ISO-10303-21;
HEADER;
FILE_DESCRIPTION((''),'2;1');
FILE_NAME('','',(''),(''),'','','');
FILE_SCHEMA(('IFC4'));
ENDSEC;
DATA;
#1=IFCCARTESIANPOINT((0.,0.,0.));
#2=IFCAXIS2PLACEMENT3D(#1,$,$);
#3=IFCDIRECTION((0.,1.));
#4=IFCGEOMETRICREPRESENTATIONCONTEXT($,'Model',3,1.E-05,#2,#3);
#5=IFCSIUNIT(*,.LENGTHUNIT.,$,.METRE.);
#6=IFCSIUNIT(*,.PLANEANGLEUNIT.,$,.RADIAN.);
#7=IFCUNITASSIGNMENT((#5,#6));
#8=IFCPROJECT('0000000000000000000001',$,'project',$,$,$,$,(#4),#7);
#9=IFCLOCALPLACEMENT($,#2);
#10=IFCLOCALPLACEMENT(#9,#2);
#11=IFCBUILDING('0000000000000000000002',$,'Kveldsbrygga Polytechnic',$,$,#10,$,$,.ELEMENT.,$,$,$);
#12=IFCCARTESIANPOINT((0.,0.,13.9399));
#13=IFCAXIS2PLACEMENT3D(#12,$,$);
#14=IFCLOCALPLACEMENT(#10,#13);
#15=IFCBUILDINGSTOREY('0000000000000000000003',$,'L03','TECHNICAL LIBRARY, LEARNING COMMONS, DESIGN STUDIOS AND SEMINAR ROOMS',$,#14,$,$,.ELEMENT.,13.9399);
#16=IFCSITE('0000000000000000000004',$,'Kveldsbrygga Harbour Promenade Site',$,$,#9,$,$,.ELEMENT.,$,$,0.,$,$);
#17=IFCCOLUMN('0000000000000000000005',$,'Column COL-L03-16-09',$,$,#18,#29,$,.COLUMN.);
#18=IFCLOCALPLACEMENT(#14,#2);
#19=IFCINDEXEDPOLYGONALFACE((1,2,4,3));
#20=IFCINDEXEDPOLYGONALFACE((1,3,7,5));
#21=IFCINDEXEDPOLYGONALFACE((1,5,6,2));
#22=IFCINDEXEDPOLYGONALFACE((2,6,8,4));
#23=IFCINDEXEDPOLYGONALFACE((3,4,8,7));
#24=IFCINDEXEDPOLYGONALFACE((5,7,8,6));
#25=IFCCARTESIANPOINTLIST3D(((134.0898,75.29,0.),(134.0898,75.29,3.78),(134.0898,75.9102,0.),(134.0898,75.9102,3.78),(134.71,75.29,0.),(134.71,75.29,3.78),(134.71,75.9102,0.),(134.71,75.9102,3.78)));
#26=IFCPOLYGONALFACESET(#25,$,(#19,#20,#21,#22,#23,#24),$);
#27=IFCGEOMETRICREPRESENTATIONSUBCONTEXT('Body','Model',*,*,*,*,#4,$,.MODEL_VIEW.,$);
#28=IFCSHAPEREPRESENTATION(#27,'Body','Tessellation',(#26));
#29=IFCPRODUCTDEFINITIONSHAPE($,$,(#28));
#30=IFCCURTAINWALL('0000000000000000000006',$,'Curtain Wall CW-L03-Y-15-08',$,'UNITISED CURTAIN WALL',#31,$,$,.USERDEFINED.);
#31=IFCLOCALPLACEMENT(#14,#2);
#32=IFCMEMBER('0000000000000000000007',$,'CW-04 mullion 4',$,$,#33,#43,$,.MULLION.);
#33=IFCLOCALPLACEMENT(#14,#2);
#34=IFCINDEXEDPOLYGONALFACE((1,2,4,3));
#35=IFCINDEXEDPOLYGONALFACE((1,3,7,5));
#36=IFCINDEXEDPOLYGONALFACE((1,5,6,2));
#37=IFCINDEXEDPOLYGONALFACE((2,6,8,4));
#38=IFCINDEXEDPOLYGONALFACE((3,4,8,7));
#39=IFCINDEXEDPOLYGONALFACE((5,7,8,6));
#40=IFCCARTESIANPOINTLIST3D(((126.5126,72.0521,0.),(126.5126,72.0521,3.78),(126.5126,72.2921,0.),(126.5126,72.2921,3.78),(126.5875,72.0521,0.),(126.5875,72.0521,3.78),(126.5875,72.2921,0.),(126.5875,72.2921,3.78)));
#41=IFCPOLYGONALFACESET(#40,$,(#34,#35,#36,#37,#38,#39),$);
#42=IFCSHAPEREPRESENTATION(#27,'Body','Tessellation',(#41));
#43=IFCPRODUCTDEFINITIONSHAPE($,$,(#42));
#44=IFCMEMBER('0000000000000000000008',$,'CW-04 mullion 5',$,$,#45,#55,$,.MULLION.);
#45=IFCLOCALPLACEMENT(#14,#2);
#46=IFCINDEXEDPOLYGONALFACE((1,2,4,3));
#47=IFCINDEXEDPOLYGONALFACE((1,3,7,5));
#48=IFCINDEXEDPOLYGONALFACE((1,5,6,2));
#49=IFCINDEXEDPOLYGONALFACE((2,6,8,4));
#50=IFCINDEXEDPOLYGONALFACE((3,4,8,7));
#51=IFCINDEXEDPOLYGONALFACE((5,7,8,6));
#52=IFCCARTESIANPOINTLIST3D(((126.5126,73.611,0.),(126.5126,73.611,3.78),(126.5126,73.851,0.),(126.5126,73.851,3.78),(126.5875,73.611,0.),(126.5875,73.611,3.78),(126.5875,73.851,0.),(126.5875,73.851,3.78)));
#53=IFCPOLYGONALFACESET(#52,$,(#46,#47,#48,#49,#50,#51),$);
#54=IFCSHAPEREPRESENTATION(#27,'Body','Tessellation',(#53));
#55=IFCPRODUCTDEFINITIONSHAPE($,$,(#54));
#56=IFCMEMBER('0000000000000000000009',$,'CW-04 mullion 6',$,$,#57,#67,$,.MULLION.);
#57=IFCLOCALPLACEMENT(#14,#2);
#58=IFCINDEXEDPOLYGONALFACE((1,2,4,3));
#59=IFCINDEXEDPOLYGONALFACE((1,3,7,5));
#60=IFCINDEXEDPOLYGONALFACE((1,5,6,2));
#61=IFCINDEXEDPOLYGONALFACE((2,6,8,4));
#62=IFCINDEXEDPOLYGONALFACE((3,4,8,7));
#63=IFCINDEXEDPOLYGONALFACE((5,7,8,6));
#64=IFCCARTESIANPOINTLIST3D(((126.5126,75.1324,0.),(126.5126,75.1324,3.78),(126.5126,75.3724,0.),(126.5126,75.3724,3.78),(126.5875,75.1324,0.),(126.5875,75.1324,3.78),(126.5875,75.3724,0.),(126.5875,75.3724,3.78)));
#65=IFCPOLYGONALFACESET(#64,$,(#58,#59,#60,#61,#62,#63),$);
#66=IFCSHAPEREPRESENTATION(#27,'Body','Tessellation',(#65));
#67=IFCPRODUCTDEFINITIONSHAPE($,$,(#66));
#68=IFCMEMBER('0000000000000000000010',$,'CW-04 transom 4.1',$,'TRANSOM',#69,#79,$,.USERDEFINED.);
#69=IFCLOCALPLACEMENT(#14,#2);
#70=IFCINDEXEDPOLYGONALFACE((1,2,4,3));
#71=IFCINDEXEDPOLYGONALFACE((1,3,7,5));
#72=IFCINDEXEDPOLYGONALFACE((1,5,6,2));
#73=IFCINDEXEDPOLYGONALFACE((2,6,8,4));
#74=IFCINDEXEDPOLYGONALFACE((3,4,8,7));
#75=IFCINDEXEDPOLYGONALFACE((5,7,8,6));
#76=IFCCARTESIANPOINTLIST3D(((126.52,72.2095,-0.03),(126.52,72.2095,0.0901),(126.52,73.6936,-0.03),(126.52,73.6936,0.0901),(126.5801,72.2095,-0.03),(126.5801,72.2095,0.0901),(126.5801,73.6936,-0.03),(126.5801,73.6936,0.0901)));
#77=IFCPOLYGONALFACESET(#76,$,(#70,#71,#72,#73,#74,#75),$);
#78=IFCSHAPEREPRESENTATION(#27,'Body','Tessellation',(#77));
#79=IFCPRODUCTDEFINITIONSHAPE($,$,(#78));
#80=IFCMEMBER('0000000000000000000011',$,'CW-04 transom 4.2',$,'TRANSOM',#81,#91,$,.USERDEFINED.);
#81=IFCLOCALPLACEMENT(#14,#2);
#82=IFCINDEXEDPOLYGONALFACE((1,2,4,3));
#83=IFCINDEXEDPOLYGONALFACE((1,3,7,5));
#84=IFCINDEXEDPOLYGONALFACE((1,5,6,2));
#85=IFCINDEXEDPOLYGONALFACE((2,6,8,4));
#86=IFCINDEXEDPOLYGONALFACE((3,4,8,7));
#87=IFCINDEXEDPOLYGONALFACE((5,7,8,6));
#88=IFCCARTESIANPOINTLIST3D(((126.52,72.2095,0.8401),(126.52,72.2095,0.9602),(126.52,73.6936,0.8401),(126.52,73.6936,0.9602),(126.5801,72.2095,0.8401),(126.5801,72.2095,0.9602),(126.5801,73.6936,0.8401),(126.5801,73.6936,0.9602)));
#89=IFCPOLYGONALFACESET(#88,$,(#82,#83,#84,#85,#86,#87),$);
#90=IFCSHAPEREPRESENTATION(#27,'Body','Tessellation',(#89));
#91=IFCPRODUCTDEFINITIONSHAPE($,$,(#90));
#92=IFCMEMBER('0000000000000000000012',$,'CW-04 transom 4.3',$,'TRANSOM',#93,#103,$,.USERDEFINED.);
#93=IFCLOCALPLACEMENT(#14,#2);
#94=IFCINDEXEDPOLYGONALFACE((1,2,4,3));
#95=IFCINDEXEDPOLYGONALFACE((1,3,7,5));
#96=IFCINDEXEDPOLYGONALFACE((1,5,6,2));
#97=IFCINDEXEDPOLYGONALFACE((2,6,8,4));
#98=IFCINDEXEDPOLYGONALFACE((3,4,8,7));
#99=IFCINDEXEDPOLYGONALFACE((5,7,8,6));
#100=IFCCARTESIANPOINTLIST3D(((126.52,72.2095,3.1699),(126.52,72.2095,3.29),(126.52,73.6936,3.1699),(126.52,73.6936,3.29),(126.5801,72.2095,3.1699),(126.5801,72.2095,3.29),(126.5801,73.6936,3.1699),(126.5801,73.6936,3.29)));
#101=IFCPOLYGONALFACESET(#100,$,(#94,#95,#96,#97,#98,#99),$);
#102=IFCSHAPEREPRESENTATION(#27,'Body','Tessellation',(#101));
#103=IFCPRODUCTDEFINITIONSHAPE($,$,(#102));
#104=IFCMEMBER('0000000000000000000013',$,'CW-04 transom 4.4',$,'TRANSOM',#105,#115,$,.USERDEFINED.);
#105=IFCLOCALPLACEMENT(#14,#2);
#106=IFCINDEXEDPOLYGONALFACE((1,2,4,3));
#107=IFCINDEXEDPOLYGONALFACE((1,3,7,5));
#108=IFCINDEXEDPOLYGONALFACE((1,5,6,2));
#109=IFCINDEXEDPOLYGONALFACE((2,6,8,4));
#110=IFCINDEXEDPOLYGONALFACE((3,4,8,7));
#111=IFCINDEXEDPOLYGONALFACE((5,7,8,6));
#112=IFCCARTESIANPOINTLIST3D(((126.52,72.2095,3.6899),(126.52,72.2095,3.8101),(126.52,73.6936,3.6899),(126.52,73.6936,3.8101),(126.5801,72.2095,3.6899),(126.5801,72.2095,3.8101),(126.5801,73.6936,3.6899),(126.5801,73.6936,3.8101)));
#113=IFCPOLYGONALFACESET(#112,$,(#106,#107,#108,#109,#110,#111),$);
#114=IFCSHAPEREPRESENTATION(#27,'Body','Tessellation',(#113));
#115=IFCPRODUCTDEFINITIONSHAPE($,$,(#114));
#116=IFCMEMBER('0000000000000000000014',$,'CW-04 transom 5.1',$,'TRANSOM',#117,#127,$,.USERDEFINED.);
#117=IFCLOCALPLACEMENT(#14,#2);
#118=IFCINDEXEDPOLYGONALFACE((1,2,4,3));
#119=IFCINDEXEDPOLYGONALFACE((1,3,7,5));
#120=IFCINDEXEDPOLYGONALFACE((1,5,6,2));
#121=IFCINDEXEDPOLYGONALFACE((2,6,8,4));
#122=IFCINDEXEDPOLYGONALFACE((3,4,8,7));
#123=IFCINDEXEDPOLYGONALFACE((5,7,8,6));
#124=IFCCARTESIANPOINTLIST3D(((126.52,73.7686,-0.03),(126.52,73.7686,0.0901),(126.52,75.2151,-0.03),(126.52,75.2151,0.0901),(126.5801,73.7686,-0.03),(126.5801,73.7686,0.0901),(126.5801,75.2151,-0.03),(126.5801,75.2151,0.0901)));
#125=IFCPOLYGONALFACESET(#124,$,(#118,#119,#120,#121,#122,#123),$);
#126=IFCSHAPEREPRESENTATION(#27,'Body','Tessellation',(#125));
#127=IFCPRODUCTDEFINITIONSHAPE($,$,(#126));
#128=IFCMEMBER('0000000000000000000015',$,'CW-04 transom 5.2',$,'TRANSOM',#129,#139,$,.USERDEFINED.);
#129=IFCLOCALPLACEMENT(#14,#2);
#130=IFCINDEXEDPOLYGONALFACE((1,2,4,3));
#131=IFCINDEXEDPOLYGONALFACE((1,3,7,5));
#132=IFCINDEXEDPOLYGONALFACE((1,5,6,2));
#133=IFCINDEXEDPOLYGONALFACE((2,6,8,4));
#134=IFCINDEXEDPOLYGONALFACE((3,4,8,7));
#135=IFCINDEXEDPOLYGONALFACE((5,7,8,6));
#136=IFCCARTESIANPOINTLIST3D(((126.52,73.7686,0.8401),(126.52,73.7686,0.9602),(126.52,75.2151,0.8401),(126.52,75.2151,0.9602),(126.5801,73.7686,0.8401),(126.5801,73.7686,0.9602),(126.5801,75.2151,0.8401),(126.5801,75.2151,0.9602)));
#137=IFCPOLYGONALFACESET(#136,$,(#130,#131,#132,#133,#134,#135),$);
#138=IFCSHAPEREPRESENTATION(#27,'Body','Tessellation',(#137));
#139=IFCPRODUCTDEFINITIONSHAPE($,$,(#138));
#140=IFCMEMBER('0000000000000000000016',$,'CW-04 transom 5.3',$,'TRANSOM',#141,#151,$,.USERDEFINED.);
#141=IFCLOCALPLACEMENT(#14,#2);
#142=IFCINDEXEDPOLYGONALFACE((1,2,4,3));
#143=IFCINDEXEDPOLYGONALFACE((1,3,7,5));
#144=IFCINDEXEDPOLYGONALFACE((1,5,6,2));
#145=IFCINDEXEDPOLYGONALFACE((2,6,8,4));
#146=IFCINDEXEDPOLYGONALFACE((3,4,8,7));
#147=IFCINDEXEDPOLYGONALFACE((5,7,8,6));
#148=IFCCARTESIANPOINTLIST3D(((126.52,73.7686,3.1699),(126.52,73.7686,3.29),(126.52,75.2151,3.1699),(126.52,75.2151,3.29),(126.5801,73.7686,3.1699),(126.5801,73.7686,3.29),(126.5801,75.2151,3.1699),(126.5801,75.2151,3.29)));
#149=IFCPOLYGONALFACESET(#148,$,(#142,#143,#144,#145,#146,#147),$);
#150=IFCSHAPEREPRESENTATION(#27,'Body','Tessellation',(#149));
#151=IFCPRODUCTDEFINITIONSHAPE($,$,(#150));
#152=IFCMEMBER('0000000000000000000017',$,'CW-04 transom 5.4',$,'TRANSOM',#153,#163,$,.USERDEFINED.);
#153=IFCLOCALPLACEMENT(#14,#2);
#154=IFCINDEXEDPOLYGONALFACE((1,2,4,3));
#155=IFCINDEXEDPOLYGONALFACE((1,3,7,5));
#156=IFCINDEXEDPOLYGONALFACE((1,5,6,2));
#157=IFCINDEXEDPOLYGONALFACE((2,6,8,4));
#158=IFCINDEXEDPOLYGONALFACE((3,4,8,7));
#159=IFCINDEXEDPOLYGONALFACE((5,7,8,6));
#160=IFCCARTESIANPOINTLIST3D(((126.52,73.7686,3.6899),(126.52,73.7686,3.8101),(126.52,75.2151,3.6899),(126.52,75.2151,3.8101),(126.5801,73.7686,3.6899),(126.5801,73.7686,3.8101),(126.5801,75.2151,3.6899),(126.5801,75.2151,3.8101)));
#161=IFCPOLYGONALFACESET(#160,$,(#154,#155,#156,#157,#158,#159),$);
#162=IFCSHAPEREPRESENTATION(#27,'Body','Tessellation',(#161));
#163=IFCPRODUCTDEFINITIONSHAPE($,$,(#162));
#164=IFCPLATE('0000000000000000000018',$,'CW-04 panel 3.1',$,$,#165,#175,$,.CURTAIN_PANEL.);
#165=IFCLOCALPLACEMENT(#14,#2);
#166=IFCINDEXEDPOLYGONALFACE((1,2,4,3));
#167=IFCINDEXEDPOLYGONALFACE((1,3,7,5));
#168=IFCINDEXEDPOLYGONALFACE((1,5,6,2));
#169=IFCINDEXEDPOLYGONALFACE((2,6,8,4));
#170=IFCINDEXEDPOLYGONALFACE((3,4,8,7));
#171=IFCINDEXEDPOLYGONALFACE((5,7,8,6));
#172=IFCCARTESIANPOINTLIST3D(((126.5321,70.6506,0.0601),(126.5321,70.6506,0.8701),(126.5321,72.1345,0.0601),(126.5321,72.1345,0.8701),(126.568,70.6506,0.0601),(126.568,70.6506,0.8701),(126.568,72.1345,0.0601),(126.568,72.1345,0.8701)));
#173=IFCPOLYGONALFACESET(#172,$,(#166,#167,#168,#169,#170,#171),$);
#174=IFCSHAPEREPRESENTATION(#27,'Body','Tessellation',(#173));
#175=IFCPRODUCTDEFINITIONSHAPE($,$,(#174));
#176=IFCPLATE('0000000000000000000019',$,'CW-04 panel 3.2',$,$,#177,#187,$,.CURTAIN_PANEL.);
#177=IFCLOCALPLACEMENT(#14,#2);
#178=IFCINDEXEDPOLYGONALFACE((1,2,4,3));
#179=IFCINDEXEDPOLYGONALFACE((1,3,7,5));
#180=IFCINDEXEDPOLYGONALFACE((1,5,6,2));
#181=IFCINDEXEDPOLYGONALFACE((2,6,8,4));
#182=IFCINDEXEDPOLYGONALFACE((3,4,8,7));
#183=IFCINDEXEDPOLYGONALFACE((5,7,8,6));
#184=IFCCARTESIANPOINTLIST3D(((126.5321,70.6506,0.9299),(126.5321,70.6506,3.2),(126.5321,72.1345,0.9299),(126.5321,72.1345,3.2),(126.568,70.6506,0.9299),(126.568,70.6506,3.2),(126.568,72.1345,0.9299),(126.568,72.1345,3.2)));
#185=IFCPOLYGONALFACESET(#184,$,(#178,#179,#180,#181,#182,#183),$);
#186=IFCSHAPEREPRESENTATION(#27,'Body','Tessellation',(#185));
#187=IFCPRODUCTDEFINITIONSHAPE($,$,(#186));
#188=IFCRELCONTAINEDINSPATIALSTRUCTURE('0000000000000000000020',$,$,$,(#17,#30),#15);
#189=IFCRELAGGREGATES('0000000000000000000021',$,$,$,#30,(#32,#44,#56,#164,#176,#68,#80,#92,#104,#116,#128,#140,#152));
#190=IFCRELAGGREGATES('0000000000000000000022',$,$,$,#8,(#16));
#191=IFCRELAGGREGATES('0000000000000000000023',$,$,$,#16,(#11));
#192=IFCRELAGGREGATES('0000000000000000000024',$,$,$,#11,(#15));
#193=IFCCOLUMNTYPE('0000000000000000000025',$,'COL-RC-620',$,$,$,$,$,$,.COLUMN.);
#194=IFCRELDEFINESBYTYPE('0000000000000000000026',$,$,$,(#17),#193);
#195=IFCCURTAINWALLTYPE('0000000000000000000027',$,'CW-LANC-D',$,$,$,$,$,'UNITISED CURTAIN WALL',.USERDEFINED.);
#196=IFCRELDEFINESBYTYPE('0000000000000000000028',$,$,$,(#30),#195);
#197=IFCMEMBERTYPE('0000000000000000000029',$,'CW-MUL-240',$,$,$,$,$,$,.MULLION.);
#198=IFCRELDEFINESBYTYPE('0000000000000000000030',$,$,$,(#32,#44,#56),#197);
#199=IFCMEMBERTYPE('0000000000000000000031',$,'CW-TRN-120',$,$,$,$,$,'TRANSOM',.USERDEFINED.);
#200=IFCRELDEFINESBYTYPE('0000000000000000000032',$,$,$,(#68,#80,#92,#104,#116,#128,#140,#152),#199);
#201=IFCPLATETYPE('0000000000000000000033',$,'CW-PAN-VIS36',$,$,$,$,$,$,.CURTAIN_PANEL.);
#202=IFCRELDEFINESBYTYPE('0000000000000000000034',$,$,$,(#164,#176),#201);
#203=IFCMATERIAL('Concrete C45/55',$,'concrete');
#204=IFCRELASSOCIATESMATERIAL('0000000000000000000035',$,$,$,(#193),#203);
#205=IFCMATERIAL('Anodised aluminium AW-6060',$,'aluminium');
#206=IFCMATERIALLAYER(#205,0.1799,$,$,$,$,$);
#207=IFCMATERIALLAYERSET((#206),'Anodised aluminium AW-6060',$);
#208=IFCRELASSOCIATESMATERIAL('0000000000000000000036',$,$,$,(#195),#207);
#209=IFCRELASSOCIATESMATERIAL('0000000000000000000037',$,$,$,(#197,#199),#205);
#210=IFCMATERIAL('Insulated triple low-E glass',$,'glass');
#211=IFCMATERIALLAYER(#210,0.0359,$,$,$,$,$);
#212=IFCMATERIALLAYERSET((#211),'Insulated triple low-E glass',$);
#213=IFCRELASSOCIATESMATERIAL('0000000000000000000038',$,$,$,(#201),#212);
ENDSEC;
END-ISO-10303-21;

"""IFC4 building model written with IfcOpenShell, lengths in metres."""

from ifc_helpers import new_model, si_unit, direction, frame, origin, origin_2d, place, context, subcontext, project, spatial, rectangle, extrude, material, layer, layer_set, material_profile, profile_set, type_object, element, aggregate, save


model = new_model("IFC4")

# Units and contexts
model_context = context("Model", 3, precision=1e-05, world=origin(), true_north=direction((0.0, 1.0)))
body_context = subcontext(model_context, "Body", "Model", "MODEL_VIEW")
ifc_project = project(units=[si_unit("LENGTHUNIT", "METRE"), si_unit("PLANEANGLEUNIT", "RADIAN")], contexts=[model_context])

# Site, building, storey
site_placement = place(None, origin())
site = spatial("IfcSite", under=ifc_project, at=site_placement, Name="Kveldsbrygga Harbour Promenade Site", CompositionType="ELEMENT", RefElevation=0.0)
building_placement = place(site_placement, origin())
building = spatial("IfcBuilding", under=site, at=building_placement, Name="Kveldsbrygga Polytechnic", CompositionType="ELEMENT")
storey_placement = place(building_placement, frame((0.0, 0.0, 13.9399)))
storey = spatial("IfcBuildingStorey", under=building, at=storey_placement, Name="L03", Description="TECHNICAL LIBRARY, LEARNING COMMONS, DESIGN STUDIOS AND SEMINAR ROOMS", CompositionType="ELEMENT", Elevation=13.9399)

# Column
ifc_material_1 = material(Name="Concrete C45/55", Category="concrete")
ifc_material_profile_1 = material_profile(ifc_material_1, rectangle(XDim=0.6201, YDim=0.6201, at=origin_2d()), Name="RC 620x620")
ifc_profile_set_1 = profile_set([ifc_material_profile_1], Name="Concrete C45/55")
column_type = type_object("IfcColumnType", Name="COL-RC-620", PredefinedType="COLUMN", material=ifc_profile_set_1)
column_placement = place(storey_placement, frame((134.3999, 75.6001, 0.0), z_axis=(0.0, 0.0, 1.0), x_axis=(1.0, 0.0, 0.0)))
element("IfcColumn", 1, at=column_placement, inside=storey, type_object=column_type, Name="Column COL-L03-16-09", PredefinedType="COLUMN", context=body_context, shape_type="SweptSolid", body=[
    extrude(rectangle(XDim=0.6201, YDim=0.6201, at=origin_2d()), origin(), (0.0, 0.0, 1.0), 3.78),
])

# Curtain wall, members, plates
ifc_material_2 = material(Name="Anodised aluminium AW-6060", Category="aluminium")
ifc_layer_1 = layer(ifc_material_2, 0.1799)
ifc_layer_set_1 = layer_set([ifc_layer_1], Name="Anodised aluminium AW-6060")
curtain_wall_type = type_object("IfcCurtainWallType", Name="CW-LANC-D", ElementType="UNITISED CURTAIN WALL", PredefinedType="USERDEFINED", material=ifc_layer_set_1)
curtain_wall_placement = place(storey_placement, origin())
curtain_wall = element("IfcCurtainWall", 2, at=curtain_wall_placement, inside=storey, type_object=curtain_wall_type, Name="Curtain Wall CW-L03-Y-15-08", ObjectType="UNITISED CURTAIN WALL", PredefinedType="USERDEFINED")
ifc_material_profile_2 = material_profile(ifc_material_2, rectangle(XDim=0.075, YDim=0.24, at=origin_2d()), Name="ALU 75x240")
ifc_profile_set_2 = profile_set([ifc_material_profile_2], Name="Anodised aluminium AW-6060")
member_type_1 = type_object("IfcMemberType", Name="CW-MUL-240", PredefinedType="MULLION", material=ifc_profile_set_2)
member_1_placement = place(storey_placement, frame((126.55, 72.1721, 0.0), z_axis=(0.0, 0.0, 1.0), x_axis=(-1.0, 0.0, 0.0)))
member_1 = element("IfcMember", 3, at=member_1_placement, type_object=member_type_1, Name="CW-04 mullion 4", PredefinedType="MULLION", context=body_context, shape_type="SweptSolid", body=[
    extrude(rectangle(XDim=0.075, YDim=0.24, at=origin_2d()), origin(), (0.0, 0.0, 1.0), 3.78),
])
member_2_placement = place(storey_placement, frame((126.55, 73.731, 0.0), z_axis=(0.0, 0.0, 1.0), x_axis=(-1.0, 0.0, 0.0)))
member_2 = element("IfcMember", 4, at=member_2_placement, type_object=member_type_1, Name="CW-04 mullion 5", PredefinedType="MULLION", context=body_context, shape_type="SweptSolid", body=[
    extrude(rectangle(XDim=0.075, YDim=0.24, at=origin_2d()), origin(), (0.0, 0.0, 1.0), 3.78),
])
member_3_placement = place(storey_placement, frame((126.55, 75.2524, 0.0), z_axis=(0.0, 0.0, 1.0), x_axis=(-1.0, 0.0, 0.0)))
member_3 = element("IfcMember", 5, at=member_3_placement, type_object=member_type_1, Name="CW-04 mullion 6", PredefinedType="MULLION", context=body_context, shape_type="SweptSolid", body=[
    extrude(rectangle(XDim=0.075, YDim=0.24, at=origin_2d()), origin(), (0.0, 0.0, 1.0), 3.78),
])
ifc_material_profile_3 = material_profile(ifc_material_2, rectangle(XDim=0.0601, YDim=0.1201, at=origin_2d()), Name="ALU 60x120")
ifc_profile_set_3 = profile_set([ifc_material_profile_3], Name="Anodised aluminium AW-6060")
member_type_2 = type_object("IfcMemberType", Name="CW-TRN-120", ElementType="TRANSOM", PredefinedType="USERDEFINED", material=ifc_profile_set_3)
member_4_placement = place(storey_placement, frame((126.55, 72.2095, 0.03), z_axis=(0.0, 1.0, 0.0), x_axis=(-1.0, 0.0, 0.0)))
member_4 = element("IfcMember", 6, at=member_4_placement, type_object=member_type_2, Name="CW-04 transom 4.1", ObjectType="TRANSOM", PredefinedType="USERDEFINED", context=body_context, shape_type="SweptSolid", body=[
    extrude(rectangle(XDim=0.0601, YDim=0.1201, at=origin_2d()), origin(), (0.0, 0.0, 1.0), 1.4841),
])
member_5_placement = place(storey_placement, frame((126.55, 72.2095, 0.9001), z_axis=(0.0, 1.0, 0.0), x_axis=(-1.0, 0.0, 0.0)))
member_5 = element("IfcMember", 7, at=member_5_placement, type_object=member_type_2, Name="CW-04 transom 4.2", ObjectType="TRANSOM", PredefinedType="USERDEFINED", context=body_context, shape_type="SweptSolid", body=[
    extrude(rectangle(XDim=0.0601, YDim=0.1201, at=origin_2d()), origin(), (0.0, 0.0, 1.0), 1.4841),
])
member_6_placement = place(storey_placement, frame((126.55, 72.2095, 3.23), z_axis=(0.0, 1.0, 0.0), x_axis=(-1.0, 0.0, 0.0)))
member_6 = element("IfcMember", 8, at=member_6_placement, type_object=member_type_2, Name="CW-04 transom 4.3", ObjectType="TRANSOM", PredefinedType="USERDEFINED", context=body_context, shape_type="SweptSolid", body=[
    extrude(rectangle(XDim=0.0601, YDim=0.1201, at=origin_2d()), origin(), (0.0, 0.0, 1.0), 1.4841),
])
member_7_placement = place(storey_placement, frame((126.55, 72.2095, 3.75), z_axis=(0.0, 1.0, 0.0), x_axis=(-1.0, 0.0, 0.0)))
member_7 = element("IfcMember", 9, at=member_7_placement, type_object=member_type_2, Name="CW-04 transom 4.4", ObjectType="TRANSOM", PredefinedType="USERDEFINED", context=body_context, shape_type="SweptSolid", body=[
    extrude(rectangle(XDim=0.0601, YDim=0.1201, at=origin_2d()), origin(), (0.0, 0.0, 1.0), 1.4841),
])
member_8_placement = place(storey_placement, frame((126.55, 73.7686, 0.03), z_axis=(0.0, 1.0, 0.0), x_axis=(-1.0, 0.0, 0.0)))
member_8 = element("IfcMember", 10, at=member_8_placement, type_object=member_type_2, Name="CW-04 transom 5.1", ObjectType="TRANSOM", PredefinedType="USERDEFINED", context=body_context, shape_type="SweptSolid", body=[
    extrude(rectangle(XDim=0.0601, YDim=0.1201, at=origin_2d()), origin(), (0.0, 0.0, 1.0), 1.4465),
])
member_9_placement = place(storey_placement, frame((126.55, 73.7686, 0.9001), z_axis=(0.0, 1.0, 0.0), x_axis=(-1.0, 0.0, 0.0)))
member_9 = element("IfcMember", 11, at=member_9_placement, type_object=member_type_2, Name="CW-04 transom 5.2", ObjectType="TRANSOM", PredefinedType="USERDEFINED", context=body_context, shape_type="SweptSolid", body=[
    extrude(rectangle(XDim=0.0601, YDim=0.1201, at=origin_2d()), origin(), (0.0, 0.0, 1.0), 1.4465),
])
member_10_placement = place(storey_placement, frame((126.55, 73.7686, 3.23), z_axis=(0.0, 1.0, 0.0), x_axis=(-1.0, 0.0, 0.0)))
member_10 = element("IfcMember", 12, at=member_10_placement, type_object=member_type_2, Name="CW-04 transom 5.3", ObjectType="TRANSOM", PredefinedType="USERDEFINED", context=body_context, shape_type="SweptSolid", body=[
    extrude(rectangle(XDim=0.0601, YDim=0.1201, at=origin_2d()), origin(), (0.0, 0.0, 1.0), 1.4465),
])
member_11_placement = place(storey_placement, frame((126.55, 73.7686, 3.75), z_axis=(0.0, 1.0, 0.0), x_axis=(-1.0, 0.0, 0.0)))
member_11 = element("IfcMember", 13, at=member_11_placement, type_object=member_type_2, Name="CW-04 transom 5.4", ObjectType="TRANSOM", PredefinedType="USERDEFINED", context=body_context, shape_type="SweptSolid", body=[
    extrude(rectangle(XDim=0.0601, YDim=0.1201, at=origin_2d()), origin(), (0.0, 0.0, 1.0), 1.4465),
])
ifc_material_3 = material(Name="Insulated triple low-E glass", Category="glass")
ifc_layer_2 = layer(ifc_material_3, 0.0359)
ifc_layer_set_2 = layer_set([ifc_layer_2], Name="Insulated triple low-E glass")
plate_type = type_object("IfcPlateType", Name="CW-PAN-VIS36", PredefinedType="CURTAIN_PANEL", material=ifc_layer_set_2)
plate_1_placement = place(storey_placement, frame((126.55, 71.3926, 0.0601), z_axis=(0.0, 0.0, 1.0), x_axis=(0.0, 1.0, 0.0)))
plate_1 = element("IfcPlate", 14, at=plate_1_placement, type_object=plate_type, Name="CW-04 panel 3.1", PredefinedType="CURTAIN_PANEL", context=body_context, shape_type="SweptSolid", body=[
    extrude(rectangle(XDim=1.4839, YDim=0.0359, at=origin_2d()), origin(), (0.0, 0.0, 1.0), 0.8101),
])
plate_2_placement = place(storey_placement, frame((126.55, 71.3926, 0.9299), z_axis=(0.0, 0.0, 1.0), x_axis=(0.0, 1.0, 0.0)))
plate_2 = element("IfcPlate", 15, at=plate_2_placement, type_object=plate_type, Name="CW-04 panel 3.2", PredefinedType="CURTAIN_PANEL", context=body_context, shape_type="SweptSolid", body=[
    extrude(rectangle(XDim=1.4839, YDim=0.0359, at=origin_2d()), origin(), (0.0, 0.0, 1.0), 2.27),
])
aggregate(curtain_wall, [member_1, member_2, member_3, plate_1, plate_2, member_4, member_5, member_6, member_7, member_8, member_9, member_10, member_11])

save(model, "model.ifc")
